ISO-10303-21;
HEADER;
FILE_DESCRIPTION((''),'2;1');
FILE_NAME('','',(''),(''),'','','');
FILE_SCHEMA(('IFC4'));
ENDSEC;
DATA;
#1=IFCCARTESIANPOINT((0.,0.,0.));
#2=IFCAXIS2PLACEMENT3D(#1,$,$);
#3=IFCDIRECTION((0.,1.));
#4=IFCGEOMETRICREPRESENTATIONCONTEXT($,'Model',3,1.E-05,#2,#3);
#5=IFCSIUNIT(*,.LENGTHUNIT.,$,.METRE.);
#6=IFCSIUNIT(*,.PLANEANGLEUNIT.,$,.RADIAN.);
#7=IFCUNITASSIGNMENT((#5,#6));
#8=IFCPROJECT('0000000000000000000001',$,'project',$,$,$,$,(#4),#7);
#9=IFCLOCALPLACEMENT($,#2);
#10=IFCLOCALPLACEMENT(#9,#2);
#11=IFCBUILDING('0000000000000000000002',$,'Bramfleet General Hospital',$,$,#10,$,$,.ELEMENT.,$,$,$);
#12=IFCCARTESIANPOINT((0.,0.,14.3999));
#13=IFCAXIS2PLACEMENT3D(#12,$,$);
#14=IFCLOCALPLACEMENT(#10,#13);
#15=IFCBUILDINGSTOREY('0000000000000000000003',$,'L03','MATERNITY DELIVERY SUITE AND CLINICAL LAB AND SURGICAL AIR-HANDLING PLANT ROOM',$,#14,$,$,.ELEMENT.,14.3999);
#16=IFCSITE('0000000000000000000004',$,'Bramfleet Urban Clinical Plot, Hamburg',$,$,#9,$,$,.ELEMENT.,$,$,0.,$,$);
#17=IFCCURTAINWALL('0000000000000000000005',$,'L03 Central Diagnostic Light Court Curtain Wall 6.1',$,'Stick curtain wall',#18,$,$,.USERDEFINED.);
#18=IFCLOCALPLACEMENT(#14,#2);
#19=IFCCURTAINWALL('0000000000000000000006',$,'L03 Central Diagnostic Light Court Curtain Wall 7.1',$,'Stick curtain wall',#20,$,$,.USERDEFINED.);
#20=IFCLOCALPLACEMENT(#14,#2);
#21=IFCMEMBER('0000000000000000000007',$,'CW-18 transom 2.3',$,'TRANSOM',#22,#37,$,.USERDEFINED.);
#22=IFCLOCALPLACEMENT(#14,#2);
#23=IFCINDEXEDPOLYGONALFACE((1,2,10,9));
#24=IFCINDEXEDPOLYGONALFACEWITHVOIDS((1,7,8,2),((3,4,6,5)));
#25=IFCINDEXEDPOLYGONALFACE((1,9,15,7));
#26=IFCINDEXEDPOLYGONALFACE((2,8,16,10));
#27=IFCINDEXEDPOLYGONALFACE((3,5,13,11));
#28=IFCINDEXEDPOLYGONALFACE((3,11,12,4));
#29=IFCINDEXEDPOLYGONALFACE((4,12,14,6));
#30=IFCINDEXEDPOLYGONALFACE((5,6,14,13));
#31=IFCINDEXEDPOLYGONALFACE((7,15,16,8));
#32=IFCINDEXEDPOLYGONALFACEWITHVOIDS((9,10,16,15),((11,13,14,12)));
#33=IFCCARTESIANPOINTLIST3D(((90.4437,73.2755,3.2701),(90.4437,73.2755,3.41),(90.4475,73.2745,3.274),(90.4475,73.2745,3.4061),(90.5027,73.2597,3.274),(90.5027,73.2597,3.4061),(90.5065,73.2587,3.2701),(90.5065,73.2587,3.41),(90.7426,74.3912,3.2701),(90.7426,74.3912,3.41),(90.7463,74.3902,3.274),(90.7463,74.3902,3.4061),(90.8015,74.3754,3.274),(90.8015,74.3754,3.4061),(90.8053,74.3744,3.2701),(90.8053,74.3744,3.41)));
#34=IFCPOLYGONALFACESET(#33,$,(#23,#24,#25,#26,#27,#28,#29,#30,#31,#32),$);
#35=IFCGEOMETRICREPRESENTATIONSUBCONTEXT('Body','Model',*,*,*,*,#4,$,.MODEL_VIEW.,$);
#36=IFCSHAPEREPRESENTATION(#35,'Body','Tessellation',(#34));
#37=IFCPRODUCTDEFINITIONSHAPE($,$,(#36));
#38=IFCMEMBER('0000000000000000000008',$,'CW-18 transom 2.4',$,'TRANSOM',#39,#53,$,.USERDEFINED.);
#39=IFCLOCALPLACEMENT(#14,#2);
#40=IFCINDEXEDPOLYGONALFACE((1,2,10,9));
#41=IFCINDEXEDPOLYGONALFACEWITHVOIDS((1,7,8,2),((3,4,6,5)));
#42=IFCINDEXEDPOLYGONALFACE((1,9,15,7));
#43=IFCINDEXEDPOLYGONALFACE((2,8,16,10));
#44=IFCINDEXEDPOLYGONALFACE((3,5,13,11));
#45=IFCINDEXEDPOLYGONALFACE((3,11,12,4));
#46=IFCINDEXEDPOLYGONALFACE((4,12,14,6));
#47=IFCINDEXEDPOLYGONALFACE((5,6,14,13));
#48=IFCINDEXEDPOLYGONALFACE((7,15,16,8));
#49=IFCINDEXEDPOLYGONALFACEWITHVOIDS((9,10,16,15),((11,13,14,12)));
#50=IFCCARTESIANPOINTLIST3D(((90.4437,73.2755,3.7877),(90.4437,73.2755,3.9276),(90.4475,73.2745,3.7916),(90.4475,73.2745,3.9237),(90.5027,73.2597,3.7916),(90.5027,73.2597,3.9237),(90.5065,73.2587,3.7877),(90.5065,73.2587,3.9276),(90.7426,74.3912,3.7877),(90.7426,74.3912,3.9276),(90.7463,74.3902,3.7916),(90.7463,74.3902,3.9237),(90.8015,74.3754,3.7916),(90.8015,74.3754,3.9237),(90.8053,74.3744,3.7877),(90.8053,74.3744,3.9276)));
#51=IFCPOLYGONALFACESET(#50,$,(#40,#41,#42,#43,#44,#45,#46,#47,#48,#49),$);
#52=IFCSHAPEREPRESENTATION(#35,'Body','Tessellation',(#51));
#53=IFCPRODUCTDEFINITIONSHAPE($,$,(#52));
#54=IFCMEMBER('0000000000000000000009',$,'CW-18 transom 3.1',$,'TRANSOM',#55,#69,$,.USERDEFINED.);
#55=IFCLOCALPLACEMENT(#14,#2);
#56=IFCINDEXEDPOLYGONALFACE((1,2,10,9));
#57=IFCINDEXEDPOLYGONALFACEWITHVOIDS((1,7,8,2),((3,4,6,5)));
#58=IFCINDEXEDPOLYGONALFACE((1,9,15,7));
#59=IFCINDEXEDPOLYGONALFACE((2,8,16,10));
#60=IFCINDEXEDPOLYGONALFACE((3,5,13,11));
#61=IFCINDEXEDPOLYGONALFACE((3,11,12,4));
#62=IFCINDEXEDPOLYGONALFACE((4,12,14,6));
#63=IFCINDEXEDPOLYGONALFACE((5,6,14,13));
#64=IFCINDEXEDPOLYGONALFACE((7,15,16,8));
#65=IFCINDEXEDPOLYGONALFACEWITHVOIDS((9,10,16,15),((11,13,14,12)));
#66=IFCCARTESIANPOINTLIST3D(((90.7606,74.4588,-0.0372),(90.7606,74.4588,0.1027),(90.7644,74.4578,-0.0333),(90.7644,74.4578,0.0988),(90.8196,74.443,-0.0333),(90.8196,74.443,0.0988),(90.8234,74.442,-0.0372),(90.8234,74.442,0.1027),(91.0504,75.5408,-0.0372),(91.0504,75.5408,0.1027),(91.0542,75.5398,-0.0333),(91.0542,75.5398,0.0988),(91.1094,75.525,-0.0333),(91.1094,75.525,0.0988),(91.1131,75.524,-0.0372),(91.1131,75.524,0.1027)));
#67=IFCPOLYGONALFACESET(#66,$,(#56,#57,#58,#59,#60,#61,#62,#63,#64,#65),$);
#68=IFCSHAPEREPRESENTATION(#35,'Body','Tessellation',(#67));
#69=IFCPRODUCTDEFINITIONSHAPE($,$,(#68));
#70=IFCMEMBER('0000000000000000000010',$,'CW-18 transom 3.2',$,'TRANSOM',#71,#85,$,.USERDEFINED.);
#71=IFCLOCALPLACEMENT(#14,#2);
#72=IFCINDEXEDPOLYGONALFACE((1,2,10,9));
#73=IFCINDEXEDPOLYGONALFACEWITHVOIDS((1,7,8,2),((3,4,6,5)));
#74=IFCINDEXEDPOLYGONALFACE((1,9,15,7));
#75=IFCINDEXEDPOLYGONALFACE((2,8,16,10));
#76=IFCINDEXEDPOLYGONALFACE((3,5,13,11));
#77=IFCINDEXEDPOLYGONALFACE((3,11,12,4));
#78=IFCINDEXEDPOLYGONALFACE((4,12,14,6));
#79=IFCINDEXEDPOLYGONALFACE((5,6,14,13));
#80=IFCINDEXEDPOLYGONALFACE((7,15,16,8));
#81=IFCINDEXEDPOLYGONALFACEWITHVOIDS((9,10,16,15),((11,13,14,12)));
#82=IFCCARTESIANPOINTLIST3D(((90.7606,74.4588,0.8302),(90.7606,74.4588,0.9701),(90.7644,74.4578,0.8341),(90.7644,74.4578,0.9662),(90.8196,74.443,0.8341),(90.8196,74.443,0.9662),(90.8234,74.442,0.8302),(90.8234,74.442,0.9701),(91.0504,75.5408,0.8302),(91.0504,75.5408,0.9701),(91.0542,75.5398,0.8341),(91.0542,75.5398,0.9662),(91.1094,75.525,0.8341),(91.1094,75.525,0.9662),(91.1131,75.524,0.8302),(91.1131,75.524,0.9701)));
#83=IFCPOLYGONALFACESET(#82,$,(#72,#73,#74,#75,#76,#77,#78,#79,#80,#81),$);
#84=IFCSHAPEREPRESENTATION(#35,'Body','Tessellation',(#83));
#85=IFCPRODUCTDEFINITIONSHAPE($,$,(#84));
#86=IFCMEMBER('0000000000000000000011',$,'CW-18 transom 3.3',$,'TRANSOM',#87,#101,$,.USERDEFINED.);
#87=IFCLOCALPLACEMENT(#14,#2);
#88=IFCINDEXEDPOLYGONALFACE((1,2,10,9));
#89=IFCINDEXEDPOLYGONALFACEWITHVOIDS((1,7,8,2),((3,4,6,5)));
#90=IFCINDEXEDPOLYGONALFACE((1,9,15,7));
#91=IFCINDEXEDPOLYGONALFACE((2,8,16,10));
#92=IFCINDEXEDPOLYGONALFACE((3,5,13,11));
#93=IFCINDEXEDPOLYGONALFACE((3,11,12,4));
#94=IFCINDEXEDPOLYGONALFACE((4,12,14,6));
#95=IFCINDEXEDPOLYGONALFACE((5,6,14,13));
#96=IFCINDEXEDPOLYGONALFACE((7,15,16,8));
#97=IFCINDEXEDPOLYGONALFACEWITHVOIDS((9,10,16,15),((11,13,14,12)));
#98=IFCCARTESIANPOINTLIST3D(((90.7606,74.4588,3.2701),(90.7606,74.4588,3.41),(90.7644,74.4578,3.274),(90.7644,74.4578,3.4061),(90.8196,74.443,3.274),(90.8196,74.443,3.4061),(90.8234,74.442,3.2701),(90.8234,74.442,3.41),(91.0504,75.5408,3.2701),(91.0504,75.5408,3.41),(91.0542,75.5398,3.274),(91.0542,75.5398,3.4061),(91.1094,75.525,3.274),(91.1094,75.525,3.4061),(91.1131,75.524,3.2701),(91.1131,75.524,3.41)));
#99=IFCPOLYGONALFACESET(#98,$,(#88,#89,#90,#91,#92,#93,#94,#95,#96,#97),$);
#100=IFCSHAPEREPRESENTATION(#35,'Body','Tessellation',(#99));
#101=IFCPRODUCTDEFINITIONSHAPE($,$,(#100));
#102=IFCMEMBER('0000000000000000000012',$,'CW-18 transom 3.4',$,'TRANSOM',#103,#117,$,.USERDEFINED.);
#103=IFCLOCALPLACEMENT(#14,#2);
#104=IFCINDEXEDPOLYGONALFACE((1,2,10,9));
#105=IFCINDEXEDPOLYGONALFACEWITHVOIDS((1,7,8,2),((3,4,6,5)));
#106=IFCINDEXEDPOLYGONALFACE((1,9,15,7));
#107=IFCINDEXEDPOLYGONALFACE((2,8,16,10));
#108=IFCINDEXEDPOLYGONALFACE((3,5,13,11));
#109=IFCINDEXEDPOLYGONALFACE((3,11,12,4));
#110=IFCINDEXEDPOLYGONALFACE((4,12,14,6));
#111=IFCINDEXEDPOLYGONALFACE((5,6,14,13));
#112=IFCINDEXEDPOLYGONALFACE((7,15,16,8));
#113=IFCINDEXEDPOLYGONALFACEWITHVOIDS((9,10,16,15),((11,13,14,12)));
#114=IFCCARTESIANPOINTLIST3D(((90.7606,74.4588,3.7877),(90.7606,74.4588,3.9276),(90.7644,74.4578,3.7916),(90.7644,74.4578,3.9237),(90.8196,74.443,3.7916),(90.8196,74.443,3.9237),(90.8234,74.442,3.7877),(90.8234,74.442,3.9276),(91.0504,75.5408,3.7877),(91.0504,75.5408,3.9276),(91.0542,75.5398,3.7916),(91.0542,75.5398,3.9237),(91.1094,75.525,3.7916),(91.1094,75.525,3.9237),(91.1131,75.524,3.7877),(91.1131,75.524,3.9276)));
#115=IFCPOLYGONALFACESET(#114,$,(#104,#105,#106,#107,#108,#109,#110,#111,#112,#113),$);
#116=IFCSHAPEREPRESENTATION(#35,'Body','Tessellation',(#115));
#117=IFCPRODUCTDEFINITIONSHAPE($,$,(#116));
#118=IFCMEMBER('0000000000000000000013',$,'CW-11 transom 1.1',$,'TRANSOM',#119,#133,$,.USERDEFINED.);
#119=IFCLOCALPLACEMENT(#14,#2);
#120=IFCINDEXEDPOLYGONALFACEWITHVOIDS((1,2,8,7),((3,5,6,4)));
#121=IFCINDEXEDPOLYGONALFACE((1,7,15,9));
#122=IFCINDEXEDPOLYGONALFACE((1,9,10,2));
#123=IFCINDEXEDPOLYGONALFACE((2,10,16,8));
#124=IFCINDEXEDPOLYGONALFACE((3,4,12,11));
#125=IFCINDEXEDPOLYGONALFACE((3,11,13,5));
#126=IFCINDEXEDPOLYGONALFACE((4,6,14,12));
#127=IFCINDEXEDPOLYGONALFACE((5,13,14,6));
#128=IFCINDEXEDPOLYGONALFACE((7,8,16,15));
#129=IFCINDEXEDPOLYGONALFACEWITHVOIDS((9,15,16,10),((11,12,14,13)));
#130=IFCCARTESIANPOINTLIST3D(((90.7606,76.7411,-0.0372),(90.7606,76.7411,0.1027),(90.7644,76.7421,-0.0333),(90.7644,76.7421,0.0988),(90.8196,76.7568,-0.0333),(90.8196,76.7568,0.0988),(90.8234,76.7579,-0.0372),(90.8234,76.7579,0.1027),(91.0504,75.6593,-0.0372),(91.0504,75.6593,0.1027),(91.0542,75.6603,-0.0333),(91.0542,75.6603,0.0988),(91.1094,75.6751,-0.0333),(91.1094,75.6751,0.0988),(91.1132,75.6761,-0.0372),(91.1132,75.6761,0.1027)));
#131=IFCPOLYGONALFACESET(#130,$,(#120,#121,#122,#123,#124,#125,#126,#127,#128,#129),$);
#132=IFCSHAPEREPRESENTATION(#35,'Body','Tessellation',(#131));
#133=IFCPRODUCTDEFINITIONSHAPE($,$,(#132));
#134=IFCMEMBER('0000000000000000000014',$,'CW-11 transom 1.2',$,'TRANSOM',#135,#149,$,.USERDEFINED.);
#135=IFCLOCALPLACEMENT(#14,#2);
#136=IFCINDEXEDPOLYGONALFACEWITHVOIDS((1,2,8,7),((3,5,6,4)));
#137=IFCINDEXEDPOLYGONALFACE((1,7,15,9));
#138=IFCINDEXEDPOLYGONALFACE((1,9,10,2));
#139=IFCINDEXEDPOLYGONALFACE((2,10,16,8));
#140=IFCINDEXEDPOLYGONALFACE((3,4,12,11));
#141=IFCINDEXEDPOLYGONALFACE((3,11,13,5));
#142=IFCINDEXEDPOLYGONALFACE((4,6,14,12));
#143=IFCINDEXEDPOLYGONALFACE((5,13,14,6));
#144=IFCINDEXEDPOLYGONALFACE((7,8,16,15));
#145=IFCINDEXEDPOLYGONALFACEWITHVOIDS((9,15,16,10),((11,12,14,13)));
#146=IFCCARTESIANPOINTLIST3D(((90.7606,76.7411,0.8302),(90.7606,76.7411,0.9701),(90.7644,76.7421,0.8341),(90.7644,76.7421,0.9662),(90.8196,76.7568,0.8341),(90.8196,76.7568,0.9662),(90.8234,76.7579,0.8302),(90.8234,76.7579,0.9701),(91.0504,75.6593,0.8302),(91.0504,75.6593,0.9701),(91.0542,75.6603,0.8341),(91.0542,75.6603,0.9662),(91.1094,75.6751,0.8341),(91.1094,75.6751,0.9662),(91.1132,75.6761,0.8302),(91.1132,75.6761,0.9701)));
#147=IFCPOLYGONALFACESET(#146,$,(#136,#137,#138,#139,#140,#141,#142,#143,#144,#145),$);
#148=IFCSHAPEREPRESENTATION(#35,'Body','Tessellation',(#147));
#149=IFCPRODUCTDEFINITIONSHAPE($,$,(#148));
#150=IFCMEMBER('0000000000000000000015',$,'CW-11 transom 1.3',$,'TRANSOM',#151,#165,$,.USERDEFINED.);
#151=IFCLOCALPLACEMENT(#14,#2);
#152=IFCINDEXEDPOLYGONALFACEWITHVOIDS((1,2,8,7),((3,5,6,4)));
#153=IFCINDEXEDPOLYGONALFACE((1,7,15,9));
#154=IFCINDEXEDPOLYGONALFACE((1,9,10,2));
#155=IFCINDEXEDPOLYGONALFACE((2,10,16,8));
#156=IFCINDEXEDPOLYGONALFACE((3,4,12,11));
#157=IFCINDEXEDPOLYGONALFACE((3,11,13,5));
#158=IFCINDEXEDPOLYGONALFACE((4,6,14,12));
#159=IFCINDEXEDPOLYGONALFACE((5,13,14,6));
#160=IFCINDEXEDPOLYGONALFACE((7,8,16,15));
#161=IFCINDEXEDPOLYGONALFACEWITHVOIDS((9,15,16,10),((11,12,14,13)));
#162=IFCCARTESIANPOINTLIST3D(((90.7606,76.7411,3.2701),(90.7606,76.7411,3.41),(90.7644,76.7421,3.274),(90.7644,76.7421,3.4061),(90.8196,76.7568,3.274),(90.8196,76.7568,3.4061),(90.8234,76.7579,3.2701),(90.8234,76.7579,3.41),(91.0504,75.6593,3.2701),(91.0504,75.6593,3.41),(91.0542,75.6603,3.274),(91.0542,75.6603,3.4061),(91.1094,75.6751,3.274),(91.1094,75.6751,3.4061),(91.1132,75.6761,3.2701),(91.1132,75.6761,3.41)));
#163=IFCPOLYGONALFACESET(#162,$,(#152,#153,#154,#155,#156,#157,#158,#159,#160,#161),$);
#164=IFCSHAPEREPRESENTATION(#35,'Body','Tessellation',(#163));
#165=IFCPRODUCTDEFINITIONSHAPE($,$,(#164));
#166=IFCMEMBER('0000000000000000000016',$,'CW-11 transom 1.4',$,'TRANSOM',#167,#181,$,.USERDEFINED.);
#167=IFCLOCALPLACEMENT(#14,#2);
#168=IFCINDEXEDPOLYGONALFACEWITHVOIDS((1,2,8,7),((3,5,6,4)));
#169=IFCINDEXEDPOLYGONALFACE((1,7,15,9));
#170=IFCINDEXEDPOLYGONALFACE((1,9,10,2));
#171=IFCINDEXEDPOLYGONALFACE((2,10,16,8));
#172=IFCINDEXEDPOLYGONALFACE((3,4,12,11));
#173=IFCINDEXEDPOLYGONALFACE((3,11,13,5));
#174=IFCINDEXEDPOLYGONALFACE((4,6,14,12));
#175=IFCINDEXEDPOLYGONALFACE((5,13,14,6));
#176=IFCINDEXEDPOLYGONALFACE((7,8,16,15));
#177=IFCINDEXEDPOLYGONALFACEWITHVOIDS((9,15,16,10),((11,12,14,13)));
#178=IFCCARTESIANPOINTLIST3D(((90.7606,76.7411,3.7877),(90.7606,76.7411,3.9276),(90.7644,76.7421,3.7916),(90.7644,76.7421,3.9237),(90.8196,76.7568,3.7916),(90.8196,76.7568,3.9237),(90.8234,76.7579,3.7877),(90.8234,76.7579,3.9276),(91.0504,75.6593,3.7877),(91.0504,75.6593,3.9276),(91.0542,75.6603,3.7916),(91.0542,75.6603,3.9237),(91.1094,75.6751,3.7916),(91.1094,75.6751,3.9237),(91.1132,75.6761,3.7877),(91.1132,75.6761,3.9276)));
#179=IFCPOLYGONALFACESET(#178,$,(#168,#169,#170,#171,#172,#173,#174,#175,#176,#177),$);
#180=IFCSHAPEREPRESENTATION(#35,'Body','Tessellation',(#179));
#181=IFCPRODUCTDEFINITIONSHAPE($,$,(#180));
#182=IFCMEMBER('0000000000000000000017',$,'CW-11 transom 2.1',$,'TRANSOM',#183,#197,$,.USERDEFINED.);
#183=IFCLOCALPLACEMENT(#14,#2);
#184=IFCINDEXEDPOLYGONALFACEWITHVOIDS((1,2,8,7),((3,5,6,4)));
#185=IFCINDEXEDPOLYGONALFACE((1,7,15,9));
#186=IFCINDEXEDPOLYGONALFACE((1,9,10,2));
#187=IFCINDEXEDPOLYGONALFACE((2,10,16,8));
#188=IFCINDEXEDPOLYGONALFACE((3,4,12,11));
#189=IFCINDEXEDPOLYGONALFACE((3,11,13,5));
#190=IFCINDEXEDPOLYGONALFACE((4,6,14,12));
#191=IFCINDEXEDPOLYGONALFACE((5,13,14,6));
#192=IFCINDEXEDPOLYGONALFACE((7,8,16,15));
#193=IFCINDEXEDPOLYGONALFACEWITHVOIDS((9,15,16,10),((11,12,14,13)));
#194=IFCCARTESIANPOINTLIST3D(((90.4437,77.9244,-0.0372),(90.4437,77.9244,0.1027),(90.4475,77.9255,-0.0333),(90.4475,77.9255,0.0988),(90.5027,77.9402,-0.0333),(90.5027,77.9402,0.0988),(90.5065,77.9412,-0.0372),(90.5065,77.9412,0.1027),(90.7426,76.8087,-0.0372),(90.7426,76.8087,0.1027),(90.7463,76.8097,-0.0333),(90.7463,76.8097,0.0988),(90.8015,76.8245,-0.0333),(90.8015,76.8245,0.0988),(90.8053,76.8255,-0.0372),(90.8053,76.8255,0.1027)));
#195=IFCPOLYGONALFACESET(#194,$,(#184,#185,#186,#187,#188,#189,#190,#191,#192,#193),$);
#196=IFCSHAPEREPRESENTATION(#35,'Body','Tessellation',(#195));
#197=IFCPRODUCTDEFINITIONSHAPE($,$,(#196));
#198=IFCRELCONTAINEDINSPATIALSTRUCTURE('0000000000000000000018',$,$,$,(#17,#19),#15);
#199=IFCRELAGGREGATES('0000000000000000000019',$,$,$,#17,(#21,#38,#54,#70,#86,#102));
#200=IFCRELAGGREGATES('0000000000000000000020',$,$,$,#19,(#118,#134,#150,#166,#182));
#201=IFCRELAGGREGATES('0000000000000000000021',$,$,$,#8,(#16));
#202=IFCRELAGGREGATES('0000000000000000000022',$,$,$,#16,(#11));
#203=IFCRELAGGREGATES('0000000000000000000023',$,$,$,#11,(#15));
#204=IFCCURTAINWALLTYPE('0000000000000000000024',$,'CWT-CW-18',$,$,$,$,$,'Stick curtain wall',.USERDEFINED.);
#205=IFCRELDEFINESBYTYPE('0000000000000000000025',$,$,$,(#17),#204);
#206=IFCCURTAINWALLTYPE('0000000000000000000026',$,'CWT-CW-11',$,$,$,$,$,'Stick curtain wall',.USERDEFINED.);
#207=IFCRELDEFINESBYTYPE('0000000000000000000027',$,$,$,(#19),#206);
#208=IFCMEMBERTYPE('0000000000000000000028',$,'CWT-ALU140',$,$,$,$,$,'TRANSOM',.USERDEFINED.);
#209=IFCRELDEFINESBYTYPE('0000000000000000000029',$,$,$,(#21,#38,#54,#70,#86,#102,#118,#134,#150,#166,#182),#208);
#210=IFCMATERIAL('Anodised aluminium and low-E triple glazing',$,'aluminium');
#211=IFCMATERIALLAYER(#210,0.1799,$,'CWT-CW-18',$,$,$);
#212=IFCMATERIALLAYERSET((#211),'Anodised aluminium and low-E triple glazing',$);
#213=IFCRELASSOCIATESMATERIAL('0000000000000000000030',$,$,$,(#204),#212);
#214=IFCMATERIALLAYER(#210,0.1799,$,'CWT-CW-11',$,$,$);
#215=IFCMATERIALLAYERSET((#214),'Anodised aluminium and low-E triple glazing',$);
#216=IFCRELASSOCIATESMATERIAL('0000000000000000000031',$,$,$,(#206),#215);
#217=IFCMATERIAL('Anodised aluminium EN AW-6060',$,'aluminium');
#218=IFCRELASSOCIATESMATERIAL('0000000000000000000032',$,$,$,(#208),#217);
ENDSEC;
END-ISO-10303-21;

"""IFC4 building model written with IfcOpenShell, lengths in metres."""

from ifc_helpers import new_model, si_unit, direction, frame, origin, origin_2d, place, context, subcontext, project, spatial, hollow_rectangle, extrude, material, layer, layer_set, material_profile, profile_set, type_object, element, aggregate, save


model = new_model("IFC4")

# Units and contexts
model_context = context("Model", 3, precision=1e-05, world=origin(), true_north=direction((0.0, 1.0)))
body_context = subcontext(model_context, "Body", "Model", "MODEL_VIEW")
ifc_project = project(units=[si_unit("LENGTHUNIT", "METRE"), si_unit("PLANEANGLEUNIT", "RADIAN")], contexts=[model_context])

# Site, building, storey
site_placement = place(None, origin())
site = spatial("IfcSite", under=ifc_project, at=site_placement, Name="Bramfleet Urban Clinical Plot, Hamburg", CompositionType="ELEMENT", RefElevation=0.0)
building_placement = place(site_placement, origin())
building = spatial("IfcBuilding", under=site, at=building_placement, Name="Bramfleet General Hospital", CompositionType="ELEMENT")
storey_placement = place(building_placement, frame((0.0, 0.0, 14.3999)))
storey = spatial("IfcBuildingStorey", under=building, at=storey_placement, Name="L03", Description="MATERNITY DELIVERY SUITE AND CLINICAL LAB AND SURGICAL AIR-HANDLING PLANT ROOM", CompositionType="ELEMENT", Elevation=14.3999)

# Curtain walls
ifc_material_1 = material(Name="Anodised aluminium and low-E triple glazing", Category="aluminium")
ifc_layer_1 = layer(ifc_material_1, 0.1799, Name="CWT-CW-18")
ifc_layer_set_1 = layer_set([ifc_layer_1], Name="Anodised aluminium and low-E triple glazing")
curtain_wall_type_1 = type_object("IfcCurtainWallType", Name="CWT-CW-18", ElementType="Stick curtain wall", PredefinedType="USERDEFINED", material=ifc_layer_set_1)
curtain_wall_1_placement = place(storey_placement, origin())
curtain_wall_1 = element("IfcCurtainWall", 1, at=curtain_wall_1_placement, inside=storey, type_object=curtain_wall_type_1, Name="L03 Central Diagnostic Light Court Curtain Wall 6.1", ObjectType="Stick curtain wall", PredefinedType="USERDEFINED")
ifc_material_2 = material(Name="Anodised aluminium EN AW-6060", Category="aluminium")
ifc_layer_2 = layer(ifc_material_1, 0.1799, Name="CWT-CW-11")
ifc_layer_set_2 = layer_set([ifc_layer_2], Name="Anodised aluminium and low-E triple glazing")
curtain_wall_type_2 = type_object("IfcCurtainWallType", Name="CWT-CW-11", ElementType="Stick curtain wall", PredefinedType="USERDEFINED", material=ifc_layer_set_2)
curtain_wall_2_placement = place(storey_placement, origin())
curtain_wall_2 = element("IfcCurtainWall", 2, at=curtain_wall_2_placement, inside=storey, type_object=curtain_wall_type_2, Name="L03 Central Diagnostic Light Court Curtain Wall 7.1", ObjectType="Stick curtain wall", PredefinedType="USERDEFINED")

# Members
ifc_material_profile_1 = material_profile(ifc_material_2, hollow_rectangle(XDim=0.0649, YDim=0.1399, WallThickness=0.0039, at=origin_2d()), Name="ALU 140x65x4.0")
ifc_profile_set_1 = profile_set([ifc_material_profile_1], Name="Anodised aluminium EN AW-6060")
member_type_1 = type_object("IfcMemberType", Name="CWT-ALU140", ElementType="TRANSOM", PredefinedType="USERDEFINED", material=ifc_profile_set_1)
member_1_placement = place(storey_placement, frame((90.4751, 73.2671, 3.3401), z_axis=(0.258715, 0.965954, 0.0), x_axis=(-0.965954, 0.258715, 0.0)))
member_1 = element("IfcMember", 3, at=member_1_placement, type_object=member_type_1, Name="CW-18 transom 2.3", ObjectType="TRANSOM", PredefinedType="USERDEFINED", context=body_context, shape_type="SweptSolid", body=[
    extrude(hollow_rectangle(XDim=0.0649, YDim=0.1399, WallThickness=0.0039, at=origin_2d()), origin(), (0.0, 0.0, 1.0), 1.155),
])
member_2_placement = place(storey_placement, frame((90.4751, 73.2671, 3.8577), z_axis=(0.258715, 0.965954, 0.0), x_axis=(-0.965954, 0.258715, 0.0)))
member_2 = element("IfcMember", 4, at=member_2_placement, type_object=member_type_1, Name="CW-18 transom 2.4", ObjectType="TRANSOM", PredefinedType="USERDEFINED", context=body_context, shape_type="SweptSolid", body=[
    extrude(hollow_rectangle(XDim=0.0649, YDim=0.1399, WallThickness=0.0039, at=origin_2d()), origin(), (0.0, 0.0, 1.0), 1.155),
])
member_3_placement = place(storey_placement, frame((90.792, 74.4504, 0.0327), z_axis=(0.258707, 0.965956, 0.0), x_axis=(-0.965956, 0.258707, 0.0)))
member_3 = element("IfcMember", 5, at=member_3_placement, type_object=member_type_1, Name="CW-18 transom 3.1", ObjectType="TRANSOM", PredefinedType="USERDEFINED", context=body_context, shape_type="SweptSolid", body=[
    extrude(hollow_rectangle(XDim=0.0649, YDim=0.1399, WallThickness=0.0039, at=origin_2d()), origin(), (0.0, 0.0, 1.0), 1.1201),
])
member_4_placement = place(storey_placement, frame((90.792, 74.4504, 0.9001), z_axis=(0.258707, 0.965956, 0.0), x_axis=(-0.965956, 0.258707, 0.0)))
member_4 = element("IfcMember", 6, at=member_4_placement, type_object=member_type_1, Name="CW-18 transom 3.2", ObjectType="TRANSOM", PredefinedType="USERDEFINED", context=body_context, shape_type="SweptSolid", body=[
    extrude(hollow_rectangle(XDim=0.0649, YDim=0.1399, WallThickness=0.0039, at=origin_2d()), origin(), (0.0, 0.0, 1.0), 1.1201),
])
member_5_placement = place(storey_placement, frame((90.792, 74.4504, 3.3401), z_axis=(0.258707, 0.965956, 0.0), x_axis=(-0.965956, 0.258707, 0.0)))
member_5 = element("IfcMember", 7, at=member_5_placement, type_object=member_type_1, Name="CW-18 transom 3.3", ObjectType="TRANSOM", PredefinedType="USERDEFINED", context=body_context, shape_type="SweptSolid", body=[
    extrude(hollow_rectangle(XDim=0.0649, YDim=0.1399, WallThickness=0.0039, at=origin_2d()), origin(), (0.0, 0.0, 1.0), 1.1201),
])
member_6_placement = place(storey_placement, frame((90.792, 74.4504, 3.8577), z_axis=(0.258707, 0.965956, 0.0), x_axis=(-0.965956, 0.258707, 0.0)))
member_6 = element("IfcMember", 8, at=member_6_placement, type_object=member_type_1, Name="CW-18 transom 3.4", ObjectType="TRANSOM", PredefinedType="USERDEFINED", context=body_context, shape_type="SweptSolid", body=[
    extrude(hollow_rectangle(XDim=0.0649, YDim=0.1399, WallThickness=0.0039, at=origin_2d()), origin(), (0.0, 0.0, 1.0), 1.1201),
])
member_7_placement = place(storey_placement, frame((91.0818, 75.6677, 0.0327), z_axis=(-0.258762, 0.965941, 0.0), x_axis=(-0.965941, -0.258762, 0.0)))
member_7 = element("IfcMember", 9, at=member_7_placement, type_object=member_type_1, Name="CW-11 transom 1.1", ObjectType="TRANSOM", PredefinedType="USERDEFINED", context=body_context, shape_type="SweptSolid", body=[
    extrude(hollow_rectangle(XDim=0.0649, YDim=0.1399, WallThickness=0.0039, at=origin_2d()), origin(), (0.0, 0.0, 1.0), 1.1199),
])
member_8_placement = place(storey_placement, frame((91.0818, 75.6677, 0.9001), z_axis=(-0.258762, 0.965941, 0.0), x_axis=(-0.965941, -0.258762, 0.0)))
member_8 = element("IfcMember", 10, at=member_8_placement, type_object=member_type_1, Name="CW-11 transom 1.2", ObjectType="TRANSOM", PredefinedType="USERDEFINED", context=body_context, shape_type="SweptSolid", body=[
    extrude(hollow_rectangle(XDim=0.0649, YDim=0.1399, WallThickness=0.0039, at=origin_2d()), origin(), (0.0, 0.0, 1.0), 1.1199),
])
member_9_placement = place(storey_placement, frame((91.0818, 75.6677, 3.3401), z_axis=(-0.258762, 0.965941, 0.0), x_axis=(-0.965941, -0.258762, 0.0)))
member_9 = element("IfcMember", 11, at=member_9_placement, type_object=member_type_1, Name="CW-11 transom 1.3", ObjectType="TRANSOM", PredefinedType="USERDEFINED", context=body_context, shape_type="SweptSolid", body=[
    extrude(hollow_rectangle(XDim=0.0649, YDim=0.1399, WallThickness=0.0039, at=origin_2d()), origin(), (0.0, 0.0, 1.0), 1.1199),
])
member_10_placement = place(storey_placement, frame((91.0818, 75.6677, 3.8577), z_axis=(-0.258762, 0.965941, 0.0), x_axis=(-0.965941, -0.258762, 0.0)))
member_10 = element("IfcMember", 12, at=member_10_placement, type_object=member_type_1, Name="CW-11 transom 1.4", ObjectType="TRANSOM", PredefinedType="USERDEFINED", context=body_context, shape_type="SweptSolid", body=[
    extrude(hollow_rectangle(XDim=0.0649, YDim=0.1399, WallThickness=0.0039, at=origin_2d()), origin(), (0.0, 0.0, 1.0), 1.1199),
])
member_11_placement = place(storey_placement, frame((90.7739, 76.8171, 0.0327), z_axis=(-0.258715, 0.965954, 0.0), x_axis=(-0.965954, -0.258715, 0.0)))
member_11 = element("IfcMember", 13, at=member_11_placement, type_object=member_type_1, Name="CW-11 transom 2.1", ObjectType="TRANSOM", PredefinedType="USERDEFINED", context=body_context, shape_type="SweptSolid", body=[
    extrude(hollow_rectangle(XDim=0.0649, YDim=0.1399, WallThickness=0.0039, at=origin_2d()), origin(), (0.0, 0.0, 1.0), 1.155),
])

aggregate(curtain_wall_1, [member_1, member_2, member_3, member_4, member_5, member_6])
aggregate(curtain_wall_2, [member_7, member_8, member_9, member_10, member_11])

save(model, "model.ifc")
